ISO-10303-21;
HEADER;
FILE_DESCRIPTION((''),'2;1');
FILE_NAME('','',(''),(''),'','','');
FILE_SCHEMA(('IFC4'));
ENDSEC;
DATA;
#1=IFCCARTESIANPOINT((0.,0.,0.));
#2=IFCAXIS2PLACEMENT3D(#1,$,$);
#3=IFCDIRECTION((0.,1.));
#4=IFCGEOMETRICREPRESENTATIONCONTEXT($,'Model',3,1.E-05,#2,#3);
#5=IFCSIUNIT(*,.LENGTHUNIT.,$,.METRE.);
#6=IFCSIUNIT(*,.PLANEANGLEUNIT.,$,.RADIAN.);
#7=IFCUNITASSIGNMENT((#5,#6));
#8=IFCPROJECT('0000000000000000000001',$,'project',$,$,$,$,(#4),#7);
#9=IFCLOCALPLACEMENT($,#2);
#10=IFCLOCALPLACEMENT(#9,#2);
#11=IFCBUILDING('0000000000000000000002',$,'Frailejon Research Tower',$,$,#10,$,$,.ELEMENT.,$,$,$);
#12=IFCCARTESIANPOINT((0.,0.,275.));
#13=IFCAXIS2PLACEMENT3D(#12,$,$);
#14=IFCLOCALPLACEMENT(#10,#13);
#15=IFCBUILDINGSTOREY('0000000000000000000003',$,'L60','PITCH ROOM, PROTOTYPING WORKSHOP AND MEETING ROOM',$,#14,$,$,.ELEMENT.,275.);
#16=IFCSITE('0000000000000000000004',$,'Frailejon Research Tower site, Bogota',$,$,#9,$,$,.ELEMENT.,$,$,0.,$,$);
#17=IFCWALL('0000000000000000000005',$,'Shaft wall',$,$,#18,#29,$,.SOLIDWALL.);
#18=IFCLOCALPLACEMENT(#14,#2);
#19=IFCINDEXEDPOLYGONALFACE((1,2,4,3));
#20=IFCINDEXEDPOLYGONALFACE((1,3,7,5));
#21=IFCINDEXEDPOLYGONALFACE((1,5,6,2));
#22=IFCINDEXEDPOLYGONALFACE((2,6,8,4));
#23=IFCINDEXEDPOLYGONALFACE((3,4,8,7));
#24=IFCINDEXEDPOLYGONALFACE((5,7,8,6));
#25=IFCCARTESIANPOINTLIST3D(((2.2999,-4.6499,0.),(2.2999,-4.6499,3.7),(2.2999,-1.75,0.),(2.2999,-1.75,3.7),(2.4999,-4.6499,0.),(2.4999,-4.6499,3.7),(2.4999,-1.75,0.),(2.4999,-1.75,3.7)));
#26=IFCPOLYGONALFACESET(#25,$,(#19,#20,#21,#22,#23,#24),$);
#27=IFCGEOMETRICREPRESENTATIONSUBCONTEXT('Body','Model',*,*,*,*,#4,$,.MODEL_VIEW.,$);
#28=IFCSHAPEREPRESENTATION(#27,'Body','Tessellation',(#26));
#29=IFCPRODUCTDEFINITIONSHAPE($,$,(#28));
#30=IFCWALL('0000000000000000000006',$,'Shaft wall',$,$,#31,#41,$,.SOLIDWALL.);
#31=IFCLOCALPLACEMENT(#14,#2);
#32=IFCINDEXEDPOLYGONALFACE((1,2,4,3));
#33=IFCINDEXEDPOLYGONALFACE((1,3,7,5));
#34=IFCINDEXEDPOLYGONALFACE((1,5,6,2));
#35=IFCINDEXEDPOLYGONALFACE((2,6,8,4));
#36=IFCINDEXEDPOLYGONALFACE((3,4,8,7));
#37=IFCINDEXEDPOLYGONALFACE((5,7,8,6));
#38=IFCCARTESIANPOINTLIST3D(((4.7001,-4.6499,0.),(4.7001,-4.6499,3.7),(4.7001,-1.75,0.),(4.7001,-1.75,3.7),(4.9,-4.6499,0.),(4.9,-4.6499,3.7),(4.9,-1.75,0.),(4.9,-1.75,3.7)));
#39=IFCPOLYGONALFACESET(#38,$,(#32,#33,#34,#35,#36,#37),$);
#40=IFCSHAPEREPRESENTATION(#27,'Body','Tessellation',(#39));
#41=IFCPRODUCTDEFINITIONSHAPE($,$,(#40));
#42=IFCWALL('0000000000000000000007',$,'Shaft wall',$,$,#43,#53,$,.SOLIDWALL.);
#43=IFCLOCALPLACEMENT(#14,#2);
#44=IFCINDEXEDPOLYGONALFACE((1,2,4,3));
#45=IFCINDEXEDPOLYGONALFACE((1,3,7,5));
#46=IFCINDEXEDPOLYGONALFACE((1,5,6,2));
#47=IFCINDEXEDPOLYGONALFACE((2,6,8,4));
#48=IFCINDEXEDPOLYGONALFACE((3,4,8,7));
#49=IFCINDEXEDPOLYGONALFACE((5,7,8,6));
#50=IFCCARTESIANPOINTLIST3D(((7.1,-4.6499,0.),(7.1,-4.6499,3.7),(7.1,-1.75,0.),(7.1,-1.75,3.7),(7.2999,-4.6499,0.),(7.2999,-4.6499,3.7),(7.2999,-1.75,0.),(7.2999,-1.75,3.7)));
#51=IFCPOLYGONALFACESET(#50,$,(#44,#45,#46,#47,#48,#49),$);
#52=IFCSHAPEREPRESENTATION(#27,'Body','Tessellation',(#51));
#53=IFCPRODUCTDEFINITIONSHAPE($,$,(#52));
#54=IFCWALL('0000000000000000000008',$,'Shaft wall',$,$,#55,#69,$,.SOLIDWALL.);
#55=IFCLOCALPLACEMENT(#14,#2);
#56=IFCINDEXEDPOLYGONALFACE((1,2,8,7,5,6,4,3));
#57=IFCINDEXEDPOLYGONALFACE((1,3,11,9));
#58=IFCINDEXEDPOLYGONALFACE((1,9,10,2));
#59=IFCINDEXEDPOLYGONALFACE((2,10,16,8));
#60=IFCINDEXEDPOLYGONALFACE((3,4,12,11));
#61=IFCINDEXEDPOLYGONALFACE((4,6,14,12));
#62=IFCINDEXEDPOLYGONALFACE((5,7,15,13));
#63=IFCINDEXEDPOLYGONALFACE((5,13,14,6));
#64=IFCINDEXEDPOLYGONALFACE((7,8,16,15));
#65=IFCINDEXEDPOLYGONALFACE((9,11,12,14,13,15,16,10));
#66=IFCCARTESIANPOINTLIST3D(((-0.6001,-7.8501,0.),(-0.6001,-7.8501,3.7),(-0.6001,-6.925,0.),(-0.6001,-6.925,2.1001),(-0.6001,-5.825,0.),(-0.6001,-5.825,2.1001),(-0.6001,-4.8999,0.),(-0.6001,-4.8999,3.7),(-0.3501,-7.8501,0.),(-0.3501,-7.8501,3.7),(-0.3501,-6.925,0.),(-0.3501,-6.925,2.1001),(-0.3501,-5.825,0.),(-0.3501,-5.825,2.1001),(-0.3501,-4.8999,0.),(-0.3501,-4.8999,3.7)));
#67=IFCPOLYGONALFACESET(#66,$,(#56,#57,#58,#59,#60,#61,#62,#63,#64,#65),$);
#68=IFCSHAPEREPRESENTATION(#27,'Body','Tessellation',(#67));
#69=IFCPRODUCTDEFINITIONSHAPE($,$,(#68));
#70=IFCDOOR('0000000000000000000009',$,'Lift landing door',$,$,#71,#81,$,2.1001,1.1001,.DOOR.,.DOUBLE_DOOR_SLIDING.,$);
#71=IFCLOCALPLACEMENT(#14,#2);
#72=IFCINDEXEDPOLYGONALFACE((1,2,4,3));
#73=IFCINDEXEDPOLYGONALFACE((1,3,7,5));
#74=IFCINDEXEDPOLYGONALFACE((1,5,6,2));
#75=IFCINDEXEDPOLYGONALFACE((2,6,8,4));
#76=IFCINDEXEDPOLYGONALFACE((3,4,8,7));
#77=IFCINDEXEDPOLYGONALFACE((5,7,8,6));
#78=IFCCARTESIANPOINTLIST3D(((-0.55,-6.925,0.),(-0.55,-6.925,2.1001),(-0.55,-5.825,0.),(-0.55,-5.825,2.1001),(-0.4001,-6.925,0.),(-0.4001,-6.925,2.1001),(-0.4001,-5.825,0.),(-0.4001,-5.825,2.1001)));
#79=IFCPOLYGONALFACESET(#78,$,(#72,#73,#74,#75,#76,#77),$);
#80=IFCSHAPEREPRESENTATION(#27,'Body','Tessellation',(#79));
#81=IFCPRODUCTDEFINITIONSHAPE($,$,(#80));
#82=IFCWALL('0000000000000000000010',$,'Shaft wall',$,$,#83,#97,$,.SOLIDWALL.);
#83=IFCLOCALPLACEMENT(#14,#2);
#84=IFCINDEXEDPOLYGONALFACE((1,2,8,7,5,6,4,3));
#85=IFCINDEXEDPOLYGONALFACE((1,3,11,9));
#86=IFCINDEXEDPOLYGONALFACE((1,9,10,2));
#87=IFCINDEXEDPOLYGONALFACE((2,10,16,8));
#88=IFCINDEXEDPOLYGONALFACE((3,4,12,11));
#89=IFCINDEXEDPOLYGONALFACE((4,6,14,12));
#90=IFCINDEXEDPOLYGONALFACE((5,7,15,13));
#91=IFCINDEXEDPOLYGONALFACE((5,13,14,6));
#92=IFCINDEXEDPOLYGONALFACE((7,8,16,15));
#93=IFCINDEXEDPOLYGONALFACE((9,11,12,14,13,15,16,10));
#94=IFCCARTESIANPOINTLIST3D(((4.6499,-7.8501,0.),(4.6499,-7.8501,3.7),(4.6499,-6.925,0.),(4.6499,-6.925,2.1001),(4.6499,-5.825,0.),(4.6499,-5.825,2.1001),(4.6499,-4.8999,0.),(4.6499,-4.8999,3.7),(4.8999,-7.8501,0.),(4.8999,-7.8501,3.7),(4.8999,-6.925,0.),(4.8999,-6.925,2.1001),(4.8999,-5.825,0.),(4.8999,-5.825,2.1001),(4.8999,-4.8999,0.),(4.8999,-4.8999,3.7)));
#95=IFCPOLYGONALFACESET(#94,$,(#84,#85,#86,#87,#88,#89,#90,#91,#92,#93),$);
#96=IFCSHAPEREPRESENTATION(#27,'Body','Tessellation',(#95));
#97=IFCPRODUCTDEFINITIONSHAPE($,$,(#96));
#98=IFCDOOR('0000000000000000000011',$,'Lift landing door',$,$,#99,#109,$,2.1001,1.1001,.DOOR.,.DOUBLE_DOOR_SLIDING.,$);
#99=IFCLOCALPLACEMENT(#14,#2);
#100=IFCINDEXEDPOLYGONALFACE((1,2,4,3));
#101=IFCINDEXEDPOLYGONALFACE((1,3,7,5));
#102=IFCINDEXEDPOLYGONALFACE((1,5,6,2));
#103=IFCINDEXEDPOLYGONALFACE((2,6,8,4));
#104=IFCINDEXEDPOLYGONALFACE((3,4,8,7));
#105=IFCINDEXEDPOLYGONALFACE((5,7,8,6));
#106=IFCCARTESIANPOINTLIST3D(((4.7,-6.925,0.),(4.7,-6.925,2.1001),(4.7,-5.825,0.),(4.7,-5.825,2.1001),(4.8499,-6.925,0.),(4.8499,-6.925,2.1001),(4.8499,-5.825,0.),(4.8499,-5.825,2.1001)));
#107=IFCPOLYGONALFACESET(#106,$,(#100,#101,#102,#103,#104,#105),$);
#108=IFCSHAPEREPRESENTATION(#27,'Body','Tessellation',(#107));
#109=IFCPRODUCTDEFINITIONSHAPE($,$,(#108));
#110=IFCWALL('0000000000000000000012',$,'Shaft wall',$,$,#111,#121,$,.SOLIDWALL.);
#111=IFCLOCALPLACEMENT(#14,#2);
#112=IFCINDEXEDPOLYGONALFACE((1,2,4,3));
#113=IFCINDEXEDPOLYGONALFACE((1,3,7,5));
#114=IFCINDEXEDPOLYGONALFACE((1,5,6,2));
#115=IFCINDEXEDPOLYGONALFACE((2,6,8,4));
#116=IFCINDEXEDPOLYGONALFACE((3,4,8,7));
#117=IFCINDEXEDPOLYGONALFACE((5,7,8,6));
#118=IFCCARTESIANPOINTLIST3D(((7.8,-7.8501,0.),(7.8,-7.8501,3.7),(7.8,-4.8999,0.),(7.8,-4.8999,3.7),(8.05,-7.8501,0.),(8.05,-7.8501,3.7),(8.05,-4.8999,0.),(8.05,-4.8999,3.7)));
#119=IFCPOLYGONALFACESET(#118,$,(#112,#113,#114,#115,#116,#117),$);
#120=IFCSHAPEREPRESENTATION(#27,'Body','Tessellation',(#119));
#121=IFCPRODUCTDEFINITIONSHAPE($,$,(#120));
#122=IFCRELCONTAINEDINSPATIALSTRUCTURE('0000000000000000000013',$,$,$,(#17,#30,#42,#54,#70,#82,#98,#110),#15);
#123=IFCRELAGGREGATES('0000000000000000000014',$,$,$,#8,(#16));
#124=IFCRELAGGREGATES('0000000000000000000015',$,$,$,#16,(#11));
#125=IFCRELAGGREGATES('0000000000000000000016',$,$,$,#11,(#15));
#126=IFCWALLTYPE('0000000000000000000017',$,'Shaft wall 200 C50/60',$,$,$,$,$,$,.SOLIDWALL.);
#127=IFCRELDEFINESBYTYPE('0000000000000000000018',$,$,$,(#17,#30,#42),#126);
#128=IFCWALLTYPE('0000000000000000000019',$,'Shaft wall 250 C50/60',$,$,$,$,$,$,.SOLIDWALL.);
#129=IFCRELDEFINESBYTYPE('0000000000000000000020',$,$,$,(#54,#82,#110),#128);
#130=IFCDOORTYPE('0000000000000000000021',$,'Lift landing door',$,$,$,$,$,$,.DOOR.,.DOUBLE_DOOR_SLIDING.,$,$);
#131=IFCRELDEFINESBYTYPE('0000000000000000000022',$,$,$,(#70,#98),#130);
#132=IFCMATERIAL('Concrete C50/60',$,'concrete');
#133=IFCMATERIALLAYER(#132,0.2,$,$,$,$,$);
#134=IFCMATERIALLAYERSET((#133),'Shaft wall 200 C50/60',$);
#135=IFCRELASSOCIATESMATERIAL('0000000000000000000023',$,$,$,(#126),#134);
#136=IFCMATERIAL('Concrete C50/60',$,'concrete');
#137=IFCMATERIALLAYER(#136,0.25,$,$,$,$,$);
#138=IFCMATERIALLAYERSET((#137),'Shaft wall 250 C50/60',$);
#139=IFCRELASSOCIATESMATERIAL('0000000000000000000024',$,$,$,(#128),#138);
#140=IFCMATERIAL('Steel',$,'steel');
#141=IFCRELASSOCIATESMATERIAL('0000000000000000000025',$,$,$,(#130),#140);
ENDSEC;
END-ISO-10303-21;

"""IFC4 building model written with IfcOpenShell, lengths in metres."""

from ifc_helpers import new_model, si_unit, direction, frame, frame_2d, origin, place, context, subcontext, project, spatial, rectangle, extrude, material, layer, layer_set, type_object, element, fill, save


model = new_model("IFC4")

# Units and contexts
model_context = context("Model", 3, precision=1e-05, world=origin(), true_north=direction((0.0, 1.0)))
body_context = subcontext(model_context, "Body", "Model", "MODEL_VIEW")
ifc_project = project(units=[si_unit("LENGTHUNIT", "METRE"), si_unit("PLANEANGLEUNIT", "RADIAN")], contexts=[model_context])

# Site, building, storey
site_placement = place(None, origin())
site = spatial("IfcSite", under=ifc_project, at=site_placement, Name="Frailejon Research Tower site, Bogota", CompositionType="ELEMENT", RefElevation=0.0)
building_placement = place(site_placement, origin())
building = spatial("IfcBuilding", under=site, at=building_placement, Name="Frailejon Research Tower", CompositionType="ELEMENT")
storey_placement = place(building_placement, frame((0.0, 0.0, 275.0)))
storey = spatial("IfcBuildingStorey", under=building, at=storey_placement, Name="L60", Description="PITCH ROOM, PROTOTYPING WORKSHOP AND MEETING ROOM", CompositionType="ELEMENT", Elevation=275.0)

# Walls
ifc_material_1 = material(Name="Concrete C50/60", Category="concrete")
ifc_layer_1 = layer(ifc_material_1, 0.2)
ifc_layer_set_1 = layer_set([ifc_layer_1], Name="Shaft wall 200 C50/60")
wall_type_1 = type_object("IfcWallType", Name="Shaft wall 200 C50/60", PredefinedType="SOLIDWALL", material=ifc_layer_set_1)
for number, where, z_axis, x_axis, name in (
    (1, (2.3999, -4.6499, 0.0), (0.0, 0.0, 1.0), (0.0, 1.0, 0.0), "Shaft wall"),
    (2, (4.8, -4.6499, 0.0), (0.0, 0.0, 1.0), (0.0, 1.0, 0.0), "Shaft wall"),
    (3, (7.2, -4.6499, 0.0), (0.0, 0.0, 1.0), (0.0, 1.0, 0.0), "Shaft wall"),
):
    element("IfcWall", number, at=place(storey_placement, frame(where, z_axis=z_axis, x_axis=x_axis)), inside=storey, type_object=wall_type_1, Name=name, PredefinedType="SOLIDWALL", context=body_context, shape_type="SweptSolid", body=[
        extrude(rectangle(XDim=2.8999, YDim=0.2, at=frame_2d((1.45, 0.0))), origin(), (0.0, 0.0, 1.0), 3.7),
    ])

# Walls, openings, doors
ifc_material_2 = material(Name="Concrete C50/60", Category="concrete")
ifc_layer_2 = layer(ifc_material_2, 0.25)
ifc_layer_set_2 = layer_set([ifc_layer_2], Name="Shaft wall 250 C50/60")
wall_type_2 = type_object("IfcWallType", Name="Shaft wall 250 C50/60", PredefinedType="SOLIDWALL", material=ifc_layer_set_2)
wall_1_placement = place(storey_placement, frame((-0.4751, -7.8501, 0.0), z_axis=(0.0, 0.0, 1.0), x_axis=(0.0, 1.0, 0.0)))
wall_1 = element("IfcWall", 4, at=wall_1_placement, inside=storey, type_object=wall_type_2, Name="Shaft wall", PredefinedType="SOLIDWALL", context=body_context, shape_type="SweptSolid", body=[
    extrude(rectangle(XDim=2.9502, YDim=0.25, at=frame_2d((1.4751, 0.0))), origin(), (0.0, 0.0, 1.0), 3.7),
])
opening_1_placement = place(wall_1_placement, frame((0.925, 0.0, 0.0)))
opening_1 = element("IfcOpeningElement", 5, at=opening_1_placement, cuts=wall_1, PredefinedType="OPENING", context=body_context, shape_type="SweptSolid", body=[
    extrude(rectangle(XDim=1.1001, YDim=2.1001, at=frame_2d((0.55, 1.05))), frame((0.0, 0.135, 0.0), z_axis=(0.0, -1.0, 0.0), x_axis=(1.0, 0.0, 0.0)), (0.0, 0.0, 1.0), 0.27),
])
ifc_material_3 = material(Name="Steel", Category="steel")
door_type_1 = type_object("IfcDoorType", Name="Lift landing door", OperationType="DOUBLE_DOOR_SLIDING", PredefinedType="DOOR", material=ifc_material_3)
door_1_placement = place(opening_1_placement, origin())
door_1 = element("IfcDoor", 6, at=door_1_placement, inside=storey, type_object=door_type_1, Name="Lift landing door", OperationType="DOUBLE_DOOR_SLIDING", OverallHeight=2.1001, OverallWidth=1.1001, PredefinedType="DOOR", context=body_context, shape_type="SweptSolid", body=[
    extrude(rectangle(XDim=1.1001, YDim=2.1001, at=frame_2d((0.55, 1.05))), frame((0.0, 0.075, 0.0), z_axis=(0.0, -1.0, 0.0), x_axis=(1.0, 0.0, 0.0)), (0.0, 0.0, 1.0), 0.1499),
])
fill(opening_1, door_1)
wall_2_placement = place(storey_placement, frame((4.7749, -7.8501, 0.0), z_axis=(0.0, 0.0, 1.0), x_axis=(0.0, 1.0, 0.0)))
wall_2 = element("IfcWall", 7, at=wall_2_placement, inside=storey, type_object=wall_type_2, Name="Shaft wall", PredefinedType="SOLIDWALL", context=body_context, shape_type="SweptSolid", body=[
    extrude(rectangle(XDim=2.9502, YDim=0.25, at=frame_2d((1.4751, 0.0))), origin(), (0.0, 0.0, 1.0), 3.7),
])
opening_2_placement = place(wall_2_placement, frame((0.925, 0.0, 0.0)))
opening_2 = element("IfcOpeningElement", 8, at=opening_2_placement, cuts=wall_2, PredefinedType="OPENING", context=body_context, shape_type="SweptSolid", body=[
    extrude(rectangle(XDim=1.1001, YDim=2.1001, at=frame_2d((0.55, 1.05))), frame((0.0, 0.135, 0.0), z_axis=(0.0, -1.0, 0.0), x_axis=(1.0, 0.0, 0.0)), (0.0, 0.0, 1.0), 0.27),
])
door_2_placement = place(opening_2_placement, origin())
door_2 = element("IfcDoor", 9, at=door_2_placement, inside=storey, type_object=door_type_1, Name="Lift landing door", OperationType="DOUBLE_DOOR_SLIDING", OverallHeight=2.1001, OverallWidth=1.1001, PredefinedType="DOOR", context=body_context, shape_type="SweptSolid", body=[
    extrude(rectangle(XDim=1.1001, YDim=2.1001, at=frame_2d((0.55, 1.05))), frame((0.0, 0.075, 0.0), z_axis=(0.0, -1.0, 0.0), x_axis=(1.0, 0.0, 0.0)), (0.0, 0.0, 1.0), 0.1499),
])
fill(opening_2, door_2)

# Wall
wall_3_placement = place(storey_placement, frame((7.925, -7.8501, 0.0), z_axis=(0.0, 0.0, 1.0), x_axis=(0.0, 1.0, 0.0)))
element("IfcWall", 10, at=wall_3_placement, inside=storey, type_object=wall_type_2, Name="Shaft wall", PredefinedType="SOLIDWALL", context=body_context, shape_type="SweptSolid", body=[
    extrude(rectangle(XDim=2.9502, YDim=0.25, at=frame_2d((1.4751, 0.0))), origin(), (0.0, 0.0, 1.0), 3.7),
])

save(model, "model.ifc")
